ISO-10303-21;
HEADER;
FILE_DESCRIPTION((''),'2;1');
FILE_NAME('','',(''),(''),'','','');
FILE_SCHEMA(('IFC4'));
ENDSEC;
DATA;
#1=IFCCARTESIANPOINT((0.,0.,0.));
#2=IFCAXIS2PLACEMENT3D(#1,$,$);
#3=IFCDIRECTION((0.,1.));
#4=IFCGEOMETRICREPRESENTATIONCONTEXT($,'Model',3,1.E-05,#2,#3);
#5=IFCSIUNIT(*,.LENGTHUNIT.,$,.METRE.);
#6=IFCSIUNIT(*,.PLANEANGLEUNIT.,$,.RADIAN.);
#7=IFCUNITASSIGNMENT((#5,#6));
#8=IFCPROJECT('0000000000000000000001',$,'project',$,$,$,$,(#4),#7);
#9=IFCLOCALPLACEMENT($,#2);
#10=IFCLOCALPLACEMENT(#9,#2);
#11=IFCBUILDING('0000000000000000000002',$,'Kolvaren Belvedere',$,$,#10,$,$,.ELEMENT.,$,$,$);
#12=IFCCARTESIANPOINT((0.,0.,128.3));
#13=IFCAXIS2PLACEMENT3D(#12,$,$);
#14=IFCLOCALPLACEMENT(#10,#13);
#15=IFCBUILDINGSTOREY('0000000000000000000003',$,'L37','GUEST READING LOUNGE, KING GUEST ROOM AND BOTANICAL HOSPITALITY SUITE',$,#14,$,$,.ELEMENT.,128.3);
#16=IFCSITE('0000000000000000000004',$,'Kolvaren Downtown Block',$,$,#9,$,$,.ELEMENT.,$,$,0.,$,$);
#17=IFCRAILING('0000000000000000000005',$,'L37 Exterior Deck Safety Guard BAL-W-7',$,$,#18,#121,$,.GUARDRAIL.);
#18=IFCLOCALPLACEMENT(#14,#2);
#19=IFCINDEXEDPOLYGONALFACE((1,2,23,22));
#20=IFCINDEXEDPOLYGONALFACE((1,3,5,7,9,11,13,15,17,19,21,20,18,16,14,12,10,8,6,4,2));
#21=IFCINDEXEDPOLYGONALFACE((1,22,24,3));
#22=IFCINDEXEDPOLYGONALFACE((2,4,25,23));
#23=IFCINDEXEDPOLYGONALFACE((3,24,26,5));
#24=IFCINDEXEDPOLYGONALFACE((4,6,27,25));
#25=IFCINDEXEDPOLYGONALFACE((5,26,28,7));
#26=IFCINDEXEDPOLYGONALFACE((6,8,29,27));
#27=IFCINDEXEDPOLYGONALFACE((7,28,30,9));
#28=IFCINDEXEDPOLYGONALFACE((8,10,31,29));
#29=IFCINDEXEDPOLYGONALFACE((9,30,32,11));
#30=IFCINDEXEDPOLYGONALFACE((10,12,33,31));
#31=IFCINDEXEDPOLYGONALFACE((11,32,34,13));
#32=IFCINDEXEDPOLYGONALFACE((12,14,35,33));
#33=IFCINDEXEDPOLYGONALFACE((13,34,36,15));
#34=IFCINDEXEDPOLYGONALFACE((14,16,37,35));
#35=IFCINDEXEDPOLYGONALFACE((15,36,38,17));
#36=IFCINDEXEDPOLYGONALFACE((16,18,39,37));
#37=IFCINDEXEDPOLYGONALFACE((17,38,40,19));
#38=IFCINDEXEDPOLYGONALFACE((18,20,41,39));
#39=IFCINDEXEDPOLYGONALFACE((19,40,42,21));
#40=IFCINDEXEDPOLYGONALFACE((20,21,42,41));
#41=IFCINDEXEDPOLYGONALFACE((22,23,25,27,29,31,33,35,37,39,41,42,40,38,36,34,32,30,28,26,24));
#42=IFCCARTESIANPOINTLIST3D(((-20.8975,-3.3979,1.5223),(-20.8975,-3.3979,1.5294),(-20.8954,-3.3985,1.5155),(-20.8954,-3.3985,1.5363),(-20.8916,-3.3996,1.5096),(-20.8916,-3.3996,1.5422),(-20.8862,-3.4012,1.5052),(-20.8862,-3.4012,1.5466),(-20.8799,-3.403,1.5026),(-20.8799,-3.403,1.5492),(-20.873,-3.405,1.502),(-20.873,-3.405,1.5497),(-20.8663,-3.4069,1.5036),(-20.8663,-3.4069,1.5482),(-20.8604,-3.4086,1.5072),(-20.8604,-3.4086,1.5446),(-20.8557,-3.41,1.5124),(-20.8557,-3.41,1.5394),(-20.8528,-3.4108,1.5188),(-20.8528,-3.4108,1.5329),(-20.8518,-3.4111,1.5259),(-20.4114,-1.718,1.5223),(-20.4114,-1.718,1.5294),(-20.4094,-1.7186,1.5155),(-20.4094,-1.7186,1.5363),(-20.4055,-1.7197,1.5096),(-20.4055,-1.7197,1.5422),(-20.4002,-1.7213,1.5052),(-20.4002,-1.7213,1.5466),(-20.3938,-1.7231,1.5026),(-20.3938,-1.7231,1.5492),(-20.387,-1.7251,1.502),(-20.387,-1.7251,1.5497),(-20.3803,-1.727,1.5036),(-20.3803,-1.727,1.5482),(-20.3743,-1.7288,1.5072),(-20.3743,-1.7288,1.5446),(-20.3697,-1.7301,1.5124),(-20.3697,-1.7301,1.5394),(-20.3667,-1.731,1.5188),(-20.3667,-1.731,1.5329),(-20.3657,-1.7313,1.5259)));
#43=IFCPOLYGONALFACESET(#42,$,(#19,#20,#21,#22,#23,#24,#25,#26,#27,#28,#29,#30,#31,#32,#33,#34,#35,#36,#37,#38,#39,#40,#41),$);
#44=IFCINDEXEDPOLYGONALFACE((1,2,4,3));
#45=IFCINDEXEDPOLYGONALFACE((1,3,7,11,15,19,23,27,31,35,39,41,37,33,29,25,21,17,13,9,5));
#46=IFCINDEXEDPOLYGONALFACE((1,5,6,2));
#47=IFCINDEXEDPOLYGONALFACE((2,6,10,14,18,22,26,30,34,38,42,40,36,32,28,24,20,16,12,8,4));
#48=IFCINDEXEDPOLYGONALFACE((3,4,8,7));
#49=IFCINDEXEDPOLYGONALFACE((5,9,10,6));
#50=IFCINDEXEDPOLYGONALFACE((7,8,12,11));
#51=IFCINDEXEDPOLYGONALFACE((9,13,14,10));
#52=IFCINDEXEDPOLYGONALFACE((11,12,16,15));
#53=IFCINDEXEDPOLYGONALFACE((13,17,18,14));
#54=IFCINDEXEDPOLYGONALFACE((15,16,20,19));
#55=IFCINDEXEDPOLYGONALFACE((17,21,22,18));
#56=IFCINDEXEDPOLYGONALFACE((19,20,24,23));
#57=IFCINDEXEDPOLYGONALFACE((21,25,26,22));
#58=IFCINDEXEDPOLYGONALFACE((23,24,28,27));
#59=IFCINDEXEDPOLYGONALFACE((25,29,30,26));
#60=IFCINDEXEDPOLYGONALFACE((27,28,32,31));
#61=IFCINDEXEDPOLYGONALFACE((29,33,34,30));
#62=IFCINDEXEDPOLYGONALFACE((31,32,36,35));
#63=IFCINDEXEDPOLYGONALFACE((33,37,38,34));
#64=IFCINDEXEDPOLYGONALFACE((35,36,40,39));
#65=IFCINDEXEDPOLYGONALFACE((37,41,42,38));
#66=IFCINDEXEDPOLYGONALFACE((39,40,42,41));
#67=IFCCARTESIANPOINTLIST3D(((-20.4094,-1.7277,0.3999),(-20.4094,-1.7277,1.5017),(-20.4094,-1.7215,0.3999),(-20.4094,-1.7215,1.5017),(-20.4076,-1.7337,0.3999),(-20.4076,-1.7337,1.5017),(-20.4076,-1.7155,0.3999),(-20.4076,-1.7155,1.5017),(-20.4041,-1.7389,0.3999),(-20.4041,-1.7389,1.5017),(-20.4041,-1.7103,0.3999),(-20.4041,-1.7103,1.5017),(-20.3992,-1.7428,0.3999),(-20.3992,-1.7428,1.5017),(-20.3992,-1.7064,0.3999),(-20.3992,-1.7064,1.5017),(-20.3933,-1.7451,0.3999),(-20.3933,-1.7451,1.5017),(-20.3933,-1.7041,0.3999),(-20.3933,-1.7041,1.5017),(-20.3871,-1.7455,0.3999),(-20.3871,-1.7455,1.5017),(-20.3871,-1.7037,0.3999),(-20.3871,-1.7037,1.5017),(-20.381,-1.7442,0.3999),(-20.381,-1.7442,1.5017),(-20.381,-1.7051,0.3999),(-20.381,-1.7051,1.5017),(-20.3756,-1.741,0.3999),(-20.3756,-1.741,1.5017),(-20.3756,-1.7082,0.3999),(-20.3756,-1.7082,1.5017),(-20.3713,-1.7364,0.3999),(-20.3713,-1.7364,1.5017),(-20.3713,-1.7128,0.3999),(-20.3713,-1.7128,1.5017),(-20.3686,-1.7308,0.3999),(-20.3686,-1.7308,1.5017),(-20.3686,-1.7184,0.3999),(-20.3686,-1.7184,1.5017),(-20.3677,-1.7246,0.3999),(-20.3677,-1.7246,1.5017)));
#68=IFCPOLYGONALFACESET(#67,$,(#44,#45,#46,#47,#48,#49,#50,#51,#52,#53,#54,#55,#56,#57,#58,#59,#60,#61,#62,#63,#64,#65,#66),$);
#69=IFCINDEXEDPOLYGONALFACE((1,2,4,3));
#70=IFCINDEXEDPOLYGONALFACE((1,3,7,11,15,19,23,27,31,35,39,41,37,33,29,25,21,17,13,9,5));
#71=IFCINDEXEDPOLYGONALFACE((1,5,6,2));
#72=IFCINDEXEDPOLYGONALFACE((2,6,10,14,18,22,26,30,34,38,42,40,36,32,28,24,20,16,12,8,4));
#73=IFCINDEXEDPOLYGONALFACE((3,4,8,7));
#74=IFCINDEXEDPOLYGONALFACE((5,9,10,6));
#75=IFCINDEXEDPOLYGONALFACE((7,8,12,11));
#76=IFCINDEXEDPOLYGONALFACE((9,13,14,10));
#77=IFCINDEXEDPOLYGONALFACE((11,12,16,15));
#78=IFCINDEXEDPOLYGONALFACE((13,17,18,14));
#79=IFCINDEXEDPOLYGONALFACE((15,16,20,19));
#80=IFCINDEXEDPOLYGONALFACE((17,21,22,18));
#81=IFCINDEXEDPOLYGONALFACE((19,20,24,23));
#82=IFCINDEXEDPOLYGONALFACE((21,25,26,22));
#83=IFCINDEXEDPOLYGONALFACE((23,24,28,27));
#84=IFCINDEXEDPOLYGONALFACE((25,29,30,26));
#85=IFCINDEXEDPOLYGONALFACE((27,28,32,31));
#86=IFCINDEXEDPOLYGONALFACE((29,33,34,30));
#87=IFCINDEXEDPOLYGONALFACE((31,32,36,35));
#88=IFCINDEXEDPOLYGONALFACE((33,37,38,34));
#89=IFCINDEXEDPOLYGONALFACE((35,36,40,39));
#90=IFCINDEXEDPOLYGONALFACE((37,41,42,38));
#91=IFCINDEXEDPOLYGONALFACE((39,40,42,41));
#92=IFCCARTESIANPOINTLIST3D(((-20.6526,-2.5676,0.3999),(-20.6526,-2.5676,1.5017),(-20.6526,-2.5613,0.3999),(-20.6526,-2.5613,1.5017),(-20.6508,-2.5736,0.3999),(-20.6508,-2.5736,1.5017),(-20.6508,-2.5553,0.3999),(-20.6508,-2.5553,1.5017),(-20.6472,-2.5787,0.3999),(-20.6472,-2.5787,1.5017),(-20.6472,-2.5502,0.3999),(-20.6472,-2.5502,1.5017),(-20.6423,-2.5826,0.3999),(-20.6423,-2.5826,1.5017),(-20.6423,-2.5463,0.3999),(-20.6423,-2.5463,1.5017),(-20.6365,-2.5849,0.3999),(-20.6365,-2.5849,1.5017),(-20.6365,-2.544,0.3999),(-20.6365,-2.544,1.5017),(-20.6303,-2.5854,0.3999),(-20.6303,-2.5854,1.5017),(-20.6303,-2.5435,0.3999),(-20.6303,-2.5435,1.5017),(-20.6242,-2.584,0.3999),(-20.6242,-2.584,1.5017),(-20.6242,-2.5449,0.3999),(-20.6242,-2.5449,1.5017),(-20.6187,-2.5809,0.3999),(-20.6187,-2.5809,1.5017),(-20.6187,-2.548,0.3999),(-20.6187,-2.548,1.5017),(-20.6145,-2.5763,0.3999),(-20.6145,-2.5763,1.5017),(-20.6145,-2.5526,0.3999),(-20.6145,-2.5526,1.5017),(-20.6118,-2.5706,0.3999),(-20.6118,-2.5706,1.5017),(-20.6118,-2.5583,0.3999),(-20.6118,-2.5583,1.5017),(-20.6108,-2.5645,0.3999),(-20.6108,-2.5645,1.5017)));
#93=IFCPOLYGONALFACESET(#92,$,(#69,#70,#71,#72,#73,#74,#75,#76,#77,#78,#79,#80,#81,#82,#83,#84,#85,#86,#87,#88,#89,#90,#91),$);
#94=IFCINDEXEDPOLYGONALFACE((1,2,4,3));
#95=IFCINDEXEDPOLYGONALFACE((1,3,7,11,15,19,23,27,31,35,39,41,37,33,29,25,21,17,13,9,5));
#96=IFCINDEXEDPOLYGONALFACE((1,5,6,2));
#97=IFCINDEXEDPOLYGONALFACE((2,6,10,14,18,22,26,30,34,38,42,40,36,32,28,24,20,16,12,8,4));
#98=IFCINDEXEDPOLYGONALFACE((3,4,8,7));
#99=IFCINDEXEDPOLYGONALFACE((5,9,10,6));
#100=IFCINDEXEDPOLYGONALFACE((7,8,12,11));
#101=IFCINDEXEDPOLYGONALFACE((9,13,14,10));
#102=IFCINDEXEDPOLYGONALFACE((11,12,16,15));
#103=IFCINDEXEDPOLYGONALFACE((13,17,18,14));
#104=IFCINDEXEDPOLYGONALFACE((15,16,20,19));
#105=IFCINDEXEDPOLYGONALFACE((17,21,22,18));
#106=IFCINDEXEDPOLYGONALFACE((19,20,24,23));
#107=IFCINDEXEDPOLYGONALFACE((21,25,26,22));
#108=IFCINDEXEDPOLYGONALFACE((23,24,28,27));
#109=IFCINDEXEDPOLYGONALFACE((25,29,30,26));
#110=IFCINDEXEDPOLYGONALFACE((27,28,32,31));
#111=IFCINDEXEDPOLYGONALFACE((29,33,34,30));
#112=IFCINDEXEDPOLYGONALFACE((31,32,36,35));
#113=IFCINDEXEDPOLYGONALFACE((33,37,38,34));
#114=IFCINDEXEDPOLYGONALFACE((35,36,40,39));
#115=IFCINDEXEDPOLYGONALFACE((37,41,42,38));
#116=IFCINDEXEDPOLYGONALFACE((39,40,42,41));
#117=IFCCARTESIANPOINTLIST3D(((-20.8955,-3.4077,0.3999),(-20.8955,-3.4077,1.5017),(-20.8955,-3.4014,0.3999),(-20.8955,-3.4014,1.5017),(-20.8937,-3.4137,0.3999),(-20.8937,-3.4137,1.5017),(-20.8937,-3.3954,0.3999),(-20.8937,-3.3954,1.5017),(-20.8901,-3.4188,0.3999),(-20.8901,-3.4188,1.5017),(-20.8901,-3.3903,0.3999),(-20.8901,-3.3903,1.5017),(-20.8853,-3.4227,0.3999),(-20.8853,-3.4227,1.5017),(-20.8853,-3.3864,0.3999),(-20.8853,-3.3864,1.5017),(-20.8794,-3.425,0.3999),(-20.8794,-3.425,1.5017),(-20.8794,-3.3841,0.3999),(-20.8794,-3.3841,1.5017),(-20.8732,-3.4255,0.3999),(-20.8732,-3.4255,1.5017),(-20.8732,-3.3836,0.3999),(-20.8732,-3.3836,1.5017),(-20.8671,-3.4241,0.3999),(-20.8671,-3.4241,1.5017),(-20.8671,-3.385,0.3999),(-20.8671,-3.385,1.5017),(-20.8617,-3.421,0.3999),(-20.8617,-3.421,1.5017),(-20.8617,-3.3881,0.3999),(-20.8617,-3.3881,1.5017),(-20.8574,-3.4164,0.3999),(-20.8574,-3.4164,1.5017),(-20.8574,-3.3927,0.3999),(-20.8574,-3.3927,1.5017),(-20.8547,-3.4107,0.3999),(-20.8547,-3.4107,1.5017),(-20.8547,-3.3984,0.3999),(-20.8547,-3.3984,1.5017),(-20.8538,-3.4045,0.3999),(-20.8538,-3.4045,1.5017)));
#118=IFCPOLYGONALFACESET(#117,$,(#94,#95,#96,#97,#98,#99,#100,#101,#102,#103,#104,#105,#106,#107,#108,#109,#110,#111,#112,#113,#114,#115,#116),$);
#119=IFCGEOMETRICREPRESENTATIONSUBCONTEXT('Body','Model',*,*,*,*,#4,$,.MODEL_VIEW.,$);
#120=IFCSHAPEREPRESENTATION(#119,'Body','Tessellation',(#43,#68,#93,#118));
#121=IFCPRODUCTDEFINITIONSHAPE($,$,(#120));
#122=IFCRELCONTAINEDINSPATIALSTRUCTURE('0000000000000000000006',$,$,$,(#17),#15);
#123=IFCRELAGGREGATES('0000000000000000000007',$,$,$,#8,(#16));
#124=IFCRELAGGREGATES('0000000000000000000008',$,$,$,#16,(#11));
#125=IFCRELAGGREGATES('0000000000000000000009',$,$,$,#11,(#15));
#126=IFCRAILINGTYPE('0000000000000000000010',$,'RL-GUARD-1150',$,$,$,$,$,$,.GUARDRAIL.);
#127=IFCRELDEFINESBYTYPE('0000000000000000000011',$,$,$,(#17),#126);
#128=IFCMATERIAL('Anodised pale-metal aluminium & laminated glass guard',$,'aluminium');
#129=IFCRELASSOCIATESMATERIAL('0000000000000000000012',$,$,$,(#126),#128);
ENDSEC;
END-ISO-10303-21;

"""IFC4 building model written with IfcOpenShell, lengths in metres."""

from ifc_helpers import new_model, si_unit, direction, frame, origin, origin_2d, place, context, subcontext, project, spatial, circle, extrude, material, type_object, element, save


model = new_model("IFC4")

# Units and contexts
model_context = context("Model", 3, precision=1e-05, world=origin(), true_north=direction((0.0, 1.0)))
body_context = subcontext(model_context, "Body", "Model", "MODEL_VIEW")
ifc_project = project(units=[si_unit("LENGTHUNIT", "METRE"), si_unit("PLANEANGLEUNIT", "RADIAN")], contexts=[model_context])

# Site, building, storey
site_placement = place(None, origin())
site = spatial("IfcSite", under=ifc_project, at=site_placement, Name="Kolvaren Downtown Block", CompositionType="ELEMENT", RefElevation=0.0)
building_placement = place(site_placement, origin())
building = spatial("IfcBuilding", under=site, at=building_placement, Name="Kolvaren Belvedere", CompositionType="ELEMENT")
storey_placement = place(building_placement, frame((0.0, 0.0, 128.3)))
storey = spatial("IfcBuildingStorey", under=building, at=storey_placement, Name="L37", Description="GUEST READING LOUNGE, KING GUEST ROOM AND BOTANICAL HOSPITALITY SUITE", CompositionType="ELEMENT", Elevation=128.3)

# Railing
ifc_material_1 = material(Name="Anodised pale-metal aluminium & laminated glass guard", Category="aluminium")
railing_type = type_object("IfcRailingType", Name="RL-GUARD-1150", PredefinedType="GUARDRAIL", material=ifc_material_1)
railing_1_placement = place(storey_placement, frame((-20.3887, -1.7246, 0.3999)))
element("IfcRailing", 1, at=railing_1_placement, inside=storey, type_object=railing_type, Name="L37 Exterior Deck Safety Guard BAL-W-7", PredefinedType="GUARDRAIL", context=body_context, shape_type="SweptSolid", body=[
    extrude(circle(Radius=0.0239, at=origin_2d()), frame((0.0, 0.0, 1.126), z_axis=(-0.277946, -0.960597, 0.0), x_axis=(0.960597, -0.277946, 0.0)), (0.0, 0.0, 1.0), 1.7488),
    extrude(circle(Radius=0.021, at=origin_2d()), origin(), (0.0, 0.0, 1.0), 1.1018),
    extrude(circle(Radius=0.021, at=origin_2d()), frame((-0.2432, -0.8398, 0.0)), (0.0, 0.0, 1.0), 1.1018),
    extrude(circle(Radius=0.021, at=origin_2d()), frame((-0.4861, -1.6799, 0.0)), (0.0, 0.0, 1.0), 1.1018),
])

save(model, "model.ifc")
